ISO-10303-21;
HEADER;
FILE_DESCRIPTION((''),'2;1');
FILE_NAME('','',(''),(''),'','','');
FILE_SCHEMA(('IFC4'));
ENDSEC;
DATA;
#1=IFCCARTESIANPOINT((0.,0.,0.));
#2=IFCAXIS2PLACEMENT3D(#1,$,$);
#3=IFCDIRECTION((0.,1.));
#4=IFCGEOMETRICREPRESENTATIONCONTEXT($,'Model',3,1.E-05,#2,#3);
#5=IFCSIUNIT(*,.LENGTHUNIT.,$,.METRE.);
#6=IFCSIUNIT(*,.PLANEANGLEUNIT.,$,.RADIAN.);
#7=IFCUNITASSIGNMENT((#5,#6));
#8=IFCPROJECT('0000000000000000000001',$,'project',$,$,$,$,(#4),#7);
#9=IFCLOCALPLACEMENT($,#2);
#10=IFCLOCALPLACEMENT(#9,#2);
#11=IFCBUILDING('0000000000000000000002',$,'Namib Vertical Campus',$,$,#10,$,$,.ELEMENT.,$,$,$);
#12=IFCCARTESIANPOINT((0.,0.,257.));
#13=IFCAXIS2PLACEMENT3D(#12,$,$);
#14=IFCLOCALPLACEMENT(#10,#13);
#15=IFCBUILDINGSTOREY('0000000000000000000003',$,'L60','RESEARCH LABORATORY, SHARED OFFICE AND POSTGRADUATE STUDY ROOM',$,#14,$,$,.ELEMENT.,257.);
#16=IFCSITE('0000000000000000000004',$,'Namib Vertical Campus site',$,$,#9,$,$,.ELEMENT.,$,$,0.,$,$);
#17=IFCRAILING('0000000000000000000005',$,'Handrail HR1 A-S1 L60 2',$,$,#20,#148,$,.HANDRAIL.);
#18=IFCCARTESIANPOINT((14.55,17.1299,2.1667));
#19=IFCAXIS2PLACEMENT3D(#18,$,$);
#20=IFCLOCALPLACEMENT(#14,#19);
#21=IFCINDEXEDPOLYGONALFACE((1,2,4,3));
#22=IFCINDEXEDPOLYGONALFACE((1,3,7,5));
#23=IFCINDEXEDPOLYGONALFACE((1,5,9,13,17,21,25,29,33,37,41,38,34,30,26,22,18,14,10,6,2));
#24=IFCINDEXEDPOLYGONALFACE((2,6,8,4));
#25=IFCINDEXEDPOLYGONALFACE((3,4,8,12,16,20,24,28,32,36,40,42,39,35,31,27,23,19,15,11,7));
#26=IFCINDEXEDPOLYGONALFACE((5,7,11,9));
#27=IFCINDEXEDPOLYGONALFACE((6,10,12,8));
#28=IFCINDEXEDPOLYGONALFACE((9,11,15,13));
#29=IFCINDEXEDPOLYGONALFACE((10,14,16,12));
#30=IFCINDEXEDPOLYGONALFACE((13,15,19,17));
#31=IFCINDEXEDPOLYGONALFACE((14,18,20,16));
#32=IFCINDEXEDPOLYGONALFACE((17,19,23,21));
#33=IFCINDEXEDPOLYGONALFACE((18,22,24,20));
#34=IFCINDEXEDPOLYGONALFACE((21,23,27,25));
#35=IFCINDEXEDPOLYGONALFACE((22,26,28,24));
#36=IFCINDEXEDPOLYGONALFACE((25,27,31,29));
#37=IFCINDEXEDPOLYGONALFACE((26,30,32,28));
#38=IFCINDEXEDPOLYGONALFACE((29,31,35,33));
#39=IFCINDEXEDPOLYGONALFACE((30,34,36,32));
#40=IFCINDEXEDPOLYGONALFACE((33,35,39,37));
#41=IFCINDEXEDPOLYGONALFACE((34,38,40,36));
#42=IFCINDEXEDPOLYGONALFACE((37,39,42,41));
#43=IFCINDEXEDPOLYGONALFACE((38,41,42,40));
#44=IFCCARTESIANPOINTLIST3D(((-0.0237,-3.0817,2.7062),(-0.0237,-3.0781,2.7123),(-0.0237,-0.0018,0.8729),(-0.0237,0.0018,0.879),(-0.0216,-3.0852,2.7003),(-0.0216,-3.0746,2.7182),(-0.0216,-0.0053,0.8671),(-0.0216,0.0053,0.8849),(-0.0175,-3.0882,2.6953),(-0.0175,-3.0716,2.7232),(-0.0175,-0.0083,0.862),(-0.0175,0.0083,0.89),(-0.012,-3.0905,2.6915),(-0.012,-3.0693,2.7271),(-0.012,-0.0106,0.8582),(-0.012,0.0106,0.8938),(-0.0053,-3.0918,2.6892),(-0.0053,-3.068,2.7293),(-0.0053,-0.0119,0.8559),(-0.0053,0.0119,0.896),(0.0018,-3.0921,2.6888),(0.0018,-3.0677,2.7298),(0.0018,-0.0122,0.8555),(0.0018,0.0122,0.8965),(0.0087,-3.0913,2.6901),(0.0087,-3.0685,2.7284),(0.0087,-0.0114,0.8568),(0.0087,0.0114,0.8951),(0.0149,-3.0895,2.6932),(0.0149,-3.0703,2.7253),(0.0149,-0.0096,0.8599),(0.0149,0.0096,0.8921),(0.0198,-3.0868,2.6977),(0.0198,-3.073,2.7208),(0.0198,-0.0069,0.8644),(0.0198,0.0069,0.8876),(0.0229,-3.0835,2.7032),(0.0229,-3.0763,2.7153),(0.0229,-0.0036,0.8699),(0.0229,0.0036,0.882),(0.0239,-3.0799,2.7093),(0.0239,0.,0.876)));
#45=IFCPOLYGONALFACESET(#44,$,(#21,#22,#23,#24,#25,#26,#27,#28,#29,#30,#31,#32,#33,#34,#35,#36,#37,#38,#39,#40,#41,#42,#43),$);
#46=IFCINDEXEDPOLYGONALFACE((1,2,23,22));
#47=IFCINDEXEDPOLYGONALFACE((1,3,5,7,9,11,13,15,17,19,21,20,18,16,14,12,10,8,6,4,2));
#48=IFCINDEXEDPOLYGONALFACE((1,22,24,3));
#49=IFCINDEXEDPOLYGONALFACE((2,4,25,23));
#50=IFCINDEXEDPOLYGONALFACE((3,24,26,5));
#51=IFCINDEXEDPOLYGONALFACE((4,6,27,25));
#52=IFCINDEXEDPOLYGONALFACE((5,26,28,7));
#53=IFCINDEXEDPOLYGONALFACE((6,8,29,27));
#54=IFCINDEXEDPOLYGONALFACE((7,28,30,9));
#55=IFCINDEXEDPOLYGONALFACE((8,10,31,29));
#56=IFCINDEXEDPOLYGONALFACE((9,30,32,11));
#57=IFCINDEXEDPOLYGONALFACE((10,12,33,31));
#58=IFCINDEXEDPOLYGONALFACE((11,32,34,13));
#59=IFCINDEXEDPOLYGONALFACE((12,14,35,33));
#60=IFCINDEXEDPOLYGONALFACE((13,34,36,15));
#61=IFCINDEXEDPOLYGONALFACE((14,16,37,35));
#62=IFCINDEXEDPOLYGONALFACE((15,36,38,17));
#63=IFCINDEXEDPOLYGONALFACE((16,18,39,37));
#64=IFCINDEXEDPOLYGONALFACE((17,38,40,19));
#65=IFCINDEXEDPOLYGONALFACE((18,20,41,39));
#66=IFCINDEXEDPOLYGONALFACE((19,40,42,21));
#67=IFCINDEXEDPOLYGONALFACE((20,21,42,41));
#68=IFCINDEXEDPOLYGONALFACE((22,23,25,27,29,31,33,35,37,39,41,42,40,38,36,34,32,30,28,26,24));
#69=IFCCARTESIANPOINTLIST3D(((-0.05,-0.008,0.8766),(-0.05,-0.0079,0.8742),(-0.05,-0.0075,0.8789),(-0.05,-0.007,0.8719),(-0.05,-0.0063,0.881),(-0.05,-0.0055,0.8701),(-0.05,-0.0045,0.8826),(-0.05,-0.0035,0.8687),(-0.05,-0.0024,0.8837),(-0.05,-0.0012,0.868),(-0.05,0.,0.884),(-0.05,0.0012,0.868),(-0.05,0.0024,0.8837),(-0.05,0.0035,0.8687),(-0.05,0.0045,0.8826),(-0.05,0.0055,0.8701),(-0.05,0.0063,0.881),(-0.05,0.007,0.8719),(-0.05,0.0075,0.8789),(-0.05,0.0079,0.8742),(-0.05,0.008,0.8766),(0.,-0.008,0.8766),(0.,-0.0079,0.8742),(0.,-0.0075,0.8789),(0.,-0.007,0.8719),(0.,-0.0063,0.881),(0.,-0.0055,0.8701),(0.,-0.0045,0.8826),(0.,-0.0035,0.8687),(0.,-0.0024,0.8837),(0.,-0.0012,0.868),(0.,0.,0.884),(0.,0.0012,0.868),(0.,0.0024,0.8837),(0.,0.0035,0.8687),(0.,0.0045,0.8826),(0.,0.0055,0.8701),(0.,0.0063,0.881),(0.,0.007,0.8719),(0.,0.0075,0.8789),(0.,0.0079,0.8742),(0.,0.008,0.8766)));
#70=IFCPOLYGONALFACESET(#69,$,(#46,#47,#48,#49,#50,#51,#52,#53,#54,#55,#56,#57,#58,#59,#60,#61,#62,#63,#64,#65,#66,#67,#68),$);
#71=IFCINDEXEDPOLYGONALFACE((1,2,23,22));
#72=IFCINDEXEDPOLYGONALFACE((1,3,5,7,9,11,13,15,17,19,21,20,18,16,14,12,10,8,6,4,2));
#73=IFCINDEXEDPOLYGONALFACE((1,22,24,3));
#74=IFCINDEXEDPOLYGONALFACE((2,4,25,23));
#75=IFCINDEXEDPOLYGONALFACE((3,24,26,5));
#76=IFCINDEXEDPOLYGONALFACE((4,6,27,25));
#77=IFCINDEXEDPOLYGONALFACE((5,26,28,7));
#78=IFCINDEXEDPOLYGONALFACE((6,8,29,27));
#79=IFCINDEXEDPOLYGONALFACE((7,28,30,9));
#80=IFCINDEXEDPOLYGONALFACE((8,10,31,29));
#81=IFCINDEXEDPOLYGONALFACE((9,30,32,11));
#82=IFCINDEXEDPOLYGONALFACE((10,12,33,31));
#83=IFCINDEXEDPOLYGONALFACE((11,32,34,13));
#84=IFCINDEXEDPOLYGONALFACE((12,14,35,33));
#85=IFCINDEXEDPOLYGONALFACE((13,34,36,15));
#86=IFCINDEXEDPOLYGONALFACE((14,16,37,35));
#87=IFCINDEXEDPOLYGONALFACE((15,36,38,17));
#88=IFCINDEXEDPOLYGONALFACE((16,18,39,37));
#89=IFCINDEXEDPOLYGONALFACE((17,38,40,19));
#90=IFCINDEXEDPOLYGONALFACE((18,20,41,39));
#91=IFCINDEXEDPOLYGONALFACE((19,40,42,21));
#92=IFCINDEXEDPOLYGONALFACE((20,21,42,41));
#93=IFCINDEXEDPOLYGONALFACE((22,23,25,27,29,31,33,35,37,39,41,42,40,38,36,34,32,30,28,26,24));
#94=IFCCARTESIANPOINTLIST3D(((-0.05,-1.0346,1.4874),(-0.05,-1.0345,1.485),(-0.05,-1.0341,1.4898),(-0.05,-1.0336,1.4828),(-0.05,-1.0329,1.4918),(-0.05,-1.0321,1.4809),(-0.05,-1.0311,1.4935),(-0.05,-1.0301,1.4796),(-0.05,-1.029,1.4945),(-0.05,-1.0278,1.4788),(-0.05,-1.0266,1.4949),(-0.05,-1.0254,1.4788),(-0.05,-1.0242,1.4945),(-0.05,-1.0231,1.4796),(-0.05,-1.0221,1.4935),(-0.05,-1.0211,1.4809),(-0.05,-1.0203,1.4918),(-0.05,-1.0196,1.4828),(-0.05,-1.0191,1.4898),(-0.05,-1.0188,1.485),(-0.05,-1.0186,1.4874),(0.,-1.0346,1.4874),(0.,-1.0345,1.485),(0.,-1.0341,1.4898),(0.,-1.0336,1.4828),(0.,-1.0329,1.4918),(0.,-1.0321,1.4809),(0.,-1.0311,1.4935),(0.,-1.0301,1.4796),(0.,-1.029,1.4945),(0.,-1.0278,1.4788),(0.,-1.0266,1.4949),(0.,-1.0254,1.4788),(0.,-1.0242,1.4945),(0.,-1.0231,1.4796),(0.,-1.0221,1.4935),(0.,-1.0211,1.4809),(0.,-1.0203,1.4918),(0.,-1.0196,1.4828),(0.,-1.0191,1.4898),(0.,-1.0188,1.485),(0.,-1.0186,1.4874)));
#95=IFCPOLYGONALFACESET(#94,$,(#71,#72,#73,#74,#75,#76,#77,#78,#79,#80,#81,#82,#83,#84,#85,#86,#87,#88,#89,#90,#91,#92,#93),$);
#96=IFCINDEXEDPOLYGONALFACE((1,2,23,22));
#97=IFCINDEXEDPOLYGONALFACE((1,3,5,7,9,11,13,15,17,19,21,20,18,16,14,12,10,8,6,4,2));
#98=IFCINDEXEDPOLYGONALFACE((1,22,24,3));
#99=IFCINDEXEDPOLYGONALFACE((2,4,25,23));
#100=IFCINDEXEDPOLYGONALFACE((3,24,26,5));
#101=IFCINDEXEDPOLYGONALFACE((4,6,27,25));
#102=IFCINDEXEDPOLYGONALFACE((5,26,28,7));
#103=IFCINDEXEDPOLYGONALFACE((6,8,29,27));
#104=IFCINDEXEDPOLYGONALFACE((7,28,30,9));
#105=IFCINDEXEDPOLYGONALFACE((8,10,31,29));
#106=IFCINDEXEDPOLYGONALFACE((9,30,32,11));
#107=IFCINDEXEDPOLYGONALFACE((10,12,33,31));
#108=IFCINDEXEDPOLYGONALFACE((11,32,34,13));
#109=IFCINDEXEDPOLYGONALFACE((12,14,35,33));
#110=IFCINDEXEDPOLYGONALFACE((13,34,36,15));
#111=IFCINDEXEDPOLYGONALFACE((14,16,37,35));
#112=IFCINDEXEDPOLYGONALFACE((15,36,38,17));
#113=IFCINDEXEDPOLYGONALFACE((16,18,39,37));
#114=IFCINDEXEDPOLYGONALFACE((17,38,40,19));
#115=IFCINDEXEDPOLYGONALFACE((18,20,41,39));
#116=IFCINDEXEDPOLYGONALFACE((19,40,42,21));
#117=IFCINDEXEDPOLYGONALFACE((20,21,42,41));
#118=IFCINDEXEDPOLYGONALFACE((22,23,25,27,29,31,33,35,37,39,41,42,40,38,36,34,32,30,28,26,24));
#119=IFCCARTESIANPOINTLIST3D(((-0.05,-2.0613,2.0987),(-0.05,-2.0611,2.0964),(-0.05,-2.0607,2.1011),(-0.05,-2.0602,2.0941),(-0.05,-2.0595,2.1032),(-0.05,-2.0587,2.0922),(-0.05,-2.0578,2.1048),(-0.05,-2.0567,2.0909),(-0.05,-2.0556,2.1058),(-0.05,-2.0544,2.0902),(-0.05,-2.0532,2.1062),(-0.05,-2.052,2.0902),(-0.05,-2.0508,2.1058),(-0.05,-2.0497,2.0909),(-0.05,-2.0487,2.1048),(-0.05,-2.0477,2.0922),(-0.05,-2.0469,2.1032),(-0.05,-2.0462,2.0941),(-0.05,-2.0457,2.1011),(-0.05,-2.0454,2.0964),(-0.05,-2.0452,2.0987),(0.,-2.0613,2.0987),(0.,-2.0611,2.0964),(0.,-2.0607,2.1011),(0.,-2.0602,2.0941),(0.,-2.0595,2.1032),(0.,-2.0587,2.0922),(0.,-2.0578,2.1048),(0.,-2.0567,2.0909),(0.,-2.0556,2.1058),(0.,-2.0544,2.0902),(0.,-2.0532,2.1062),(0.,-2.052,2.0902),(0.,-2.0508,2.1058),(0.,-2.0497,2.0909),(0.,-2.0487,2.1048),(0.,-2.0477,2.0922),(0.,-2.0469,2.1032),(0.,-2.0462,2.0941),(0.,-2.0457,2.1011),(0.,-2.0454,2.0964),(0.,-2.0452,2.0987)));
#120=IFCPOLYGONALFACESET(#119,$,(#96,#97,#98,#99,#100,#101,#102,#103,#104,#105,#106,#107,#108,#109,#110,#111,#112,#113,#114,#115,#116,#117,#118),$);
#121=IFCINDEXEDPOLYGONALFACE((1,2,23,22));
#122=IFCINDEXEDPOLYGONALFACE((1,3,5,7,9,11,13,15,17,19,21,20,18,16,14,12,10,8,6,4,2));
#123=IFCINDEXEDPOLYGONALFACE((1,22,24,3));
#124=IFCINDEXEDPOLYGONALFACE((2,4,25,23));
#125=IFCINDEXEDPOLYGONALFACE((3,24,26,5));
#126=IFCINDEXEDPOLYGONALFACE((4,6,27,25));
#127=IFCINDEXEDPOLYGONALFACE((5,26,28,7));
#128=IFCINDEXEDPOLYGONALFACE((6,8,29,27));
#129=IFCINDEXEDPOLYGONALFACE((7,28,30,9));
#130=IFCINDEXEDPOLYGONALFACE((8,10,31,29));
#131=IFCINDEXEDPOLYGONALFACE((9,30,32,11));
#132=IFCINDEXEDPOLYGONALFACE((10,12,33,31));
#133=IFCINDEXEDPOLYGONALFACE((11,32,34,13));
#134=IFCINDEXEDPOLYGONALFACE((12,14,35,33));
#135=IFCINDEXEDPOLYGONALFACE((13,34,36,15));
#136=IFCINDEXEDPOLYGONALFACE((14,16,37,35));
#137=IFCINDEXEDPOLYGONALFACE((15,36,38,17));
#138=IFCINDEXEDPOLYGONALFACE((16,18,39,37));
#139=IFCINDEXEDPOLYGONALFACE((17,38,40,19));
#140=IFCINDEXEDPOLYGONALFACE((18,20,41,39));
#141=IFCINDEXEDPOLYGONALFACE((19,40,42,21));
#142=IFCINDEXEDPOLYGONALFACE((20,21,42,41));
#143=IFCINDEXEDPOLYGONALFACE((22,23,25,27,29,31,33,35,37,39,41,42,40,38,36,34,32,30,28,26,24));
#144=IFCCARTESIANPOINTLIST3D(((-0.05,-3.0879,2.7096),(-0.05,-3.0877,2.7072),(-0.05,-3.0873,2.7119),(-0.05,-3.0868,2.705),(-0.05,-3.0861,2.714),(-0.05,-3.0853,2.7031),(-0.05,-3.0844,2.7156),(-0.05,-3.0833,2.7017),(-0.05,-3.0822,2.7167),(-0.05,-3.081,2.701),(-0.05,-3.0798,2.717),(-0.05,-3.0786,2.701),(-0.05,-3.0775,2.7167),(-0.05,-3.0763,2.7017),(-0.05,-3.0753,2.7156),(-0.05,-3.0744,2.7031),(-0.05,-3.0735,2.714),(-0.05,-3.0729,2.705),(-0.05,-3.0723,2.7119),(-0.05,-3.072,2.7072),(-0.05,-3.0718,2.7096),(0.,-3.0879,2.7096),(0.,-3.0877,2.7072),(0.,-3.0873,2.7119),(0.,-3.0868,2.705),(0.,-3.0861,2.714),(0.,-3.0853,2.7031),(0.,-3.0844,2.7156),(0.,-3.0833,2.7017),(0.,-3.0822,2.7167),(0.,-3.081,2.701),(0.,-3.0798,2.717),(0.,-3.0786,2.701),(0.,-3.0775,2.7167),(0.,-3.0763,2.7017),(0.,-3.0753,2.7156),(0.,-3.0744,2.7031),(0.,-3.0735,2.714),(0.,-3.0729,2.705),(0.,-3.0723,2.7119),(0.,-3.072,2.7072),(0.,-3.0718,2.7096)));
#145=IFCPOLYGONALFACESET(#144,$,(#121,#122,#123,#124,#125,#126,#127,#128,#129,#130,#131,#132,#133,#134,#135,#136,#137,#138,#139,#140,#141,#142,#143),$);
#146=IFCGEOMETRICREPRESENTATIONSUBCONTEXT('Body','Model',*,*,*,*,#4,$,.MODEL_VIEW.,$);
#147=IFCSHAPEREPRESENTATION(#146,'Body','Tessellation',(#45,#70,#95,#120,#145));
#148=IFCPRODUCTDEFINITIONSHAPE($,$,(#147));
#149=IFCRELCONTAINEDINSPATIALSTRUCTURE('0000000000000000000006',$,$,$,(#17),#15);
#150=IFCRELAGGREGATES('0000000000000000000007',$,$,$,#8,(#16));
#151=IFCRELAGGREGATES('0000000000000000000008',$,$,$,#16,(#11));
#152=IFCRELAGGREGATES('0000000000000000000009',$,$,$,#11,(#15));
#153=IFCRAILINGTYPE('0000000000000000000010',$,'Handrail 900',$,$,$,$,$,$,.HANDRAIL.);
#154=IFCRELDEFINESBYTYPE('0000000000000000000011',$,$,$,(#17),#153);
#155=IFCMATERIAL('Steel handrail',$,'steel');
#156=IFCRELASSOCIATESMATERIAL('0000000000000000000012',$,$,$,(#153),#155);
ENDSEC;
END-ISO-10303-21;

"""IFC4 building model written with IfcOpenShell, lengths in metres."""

from ifc_helpers import new_model, si_unit, direction, frame, origin, origin_2d, place, context, subcontext, project, spatial, circle, extrude, material, type_object, element, save


model = new_model("IFC4")

# Units and contexts
model_context = context("Model", 3, precision=1e-05, world=origin(), true_north=direction((0.0, 1.0)))
body_context = subcontext(model_context, "Body", "Model", "MODEL_VIEW")
ifc_project = project(units=[si_unit("LENGTHUNIT", "METRE"), si_unit("PLANEANGLEUNIT", "RADIAN")], contexts=[model_context])

# Site, building, storey
site_placement = place(None, origin())
site = spatial("IfcSite", under=ifc_project, at=site_placement, Name="Namib Vertical Campus site", CompositionType="ELEMENT", RefElevation=0.0)
building_placement = place(site_placement, origin())
building = spatial("IfcBuilding", under=site, at=building_placement, Name="Namib Vertical Campus", CompositionType="ELEMENT")
storey_placement = place(building_placement, frame((0.0, 0.0, 257.0)))
storey = spatial("IfcBuildingStorey", under=building, at=storey_placement, Name="L60", Description="RESEARCH LABORATORY, SHARED OFFICE AND POSTGRADUATE STUDY ROOM", CompositionType="ELEMENT", Elevation=257.0)

# Railing
ifc_material_1 = material(Name="Steel handrail", Category="steel")
railing_type = type_object("IfcRailingType", Name="Handrail 900", PredefinedType="HANDRAIL", material=ifc_material_1)
railing_placement = place(storey_placement, frame((14.55, 17.1299, 2.1667)))
element("IfcRailing", 1, at=railing_placement, inside=storey, type_object=railing_type, Name="Handrail HR1 A-S1 L60 2", PredefinedType="HANDRAIL", context=body_context, shape_type="SweptSolid", body=[
    extrude(circle(Radius=0.0239, at=origin_2d()), frame((0.0, 0.0, 0.876), z_axis=(0.0, -0.859291, 0.511487), x_axis=(1.0, 0.0, 0.0)), (0.0, 0.0, 1.0), 3.5842),
    extrude(circle(Radius=0.0081, at=origin_2d()), frame((0.0, 0.0, 0.876), z_axis=(-1.0, 0.0, 0.0), x_axis=(0.0, 0.0, 1.0)), (0.0, 0.0, 1.0), 0.05),
    extrude(circle(Radius=0.0081, at=origin_2d()), frame((0.0, -1.0266, 1.4868), z_axis=(-1.0, 0.0, 0.0), x_axis=(0.0, 0.0, 1.0)), (0.0, 0.0, 1.0), 0.05),
    extrude(circle(Radius=0.0081, at=origin_2d()), frame((0.0, -2.0532, 2.0981), z_axis=(-1.0, 0.0, 0.0), x_axis=(0.0, 0.0, 1.0)), (0.0, 0.0, 1.0), 0.05),
    extrude(circle(Radius=0.0081, at=origin_2d()), frame((0.0, -3.0798, 2.709), z_axis=(-1.0, 0.0, 0.0), x_axis=(0.0, 0.0, 1.0)), (0.0, 0.0, 1.0), 0.05),
])

save(model, "model.ifc")
